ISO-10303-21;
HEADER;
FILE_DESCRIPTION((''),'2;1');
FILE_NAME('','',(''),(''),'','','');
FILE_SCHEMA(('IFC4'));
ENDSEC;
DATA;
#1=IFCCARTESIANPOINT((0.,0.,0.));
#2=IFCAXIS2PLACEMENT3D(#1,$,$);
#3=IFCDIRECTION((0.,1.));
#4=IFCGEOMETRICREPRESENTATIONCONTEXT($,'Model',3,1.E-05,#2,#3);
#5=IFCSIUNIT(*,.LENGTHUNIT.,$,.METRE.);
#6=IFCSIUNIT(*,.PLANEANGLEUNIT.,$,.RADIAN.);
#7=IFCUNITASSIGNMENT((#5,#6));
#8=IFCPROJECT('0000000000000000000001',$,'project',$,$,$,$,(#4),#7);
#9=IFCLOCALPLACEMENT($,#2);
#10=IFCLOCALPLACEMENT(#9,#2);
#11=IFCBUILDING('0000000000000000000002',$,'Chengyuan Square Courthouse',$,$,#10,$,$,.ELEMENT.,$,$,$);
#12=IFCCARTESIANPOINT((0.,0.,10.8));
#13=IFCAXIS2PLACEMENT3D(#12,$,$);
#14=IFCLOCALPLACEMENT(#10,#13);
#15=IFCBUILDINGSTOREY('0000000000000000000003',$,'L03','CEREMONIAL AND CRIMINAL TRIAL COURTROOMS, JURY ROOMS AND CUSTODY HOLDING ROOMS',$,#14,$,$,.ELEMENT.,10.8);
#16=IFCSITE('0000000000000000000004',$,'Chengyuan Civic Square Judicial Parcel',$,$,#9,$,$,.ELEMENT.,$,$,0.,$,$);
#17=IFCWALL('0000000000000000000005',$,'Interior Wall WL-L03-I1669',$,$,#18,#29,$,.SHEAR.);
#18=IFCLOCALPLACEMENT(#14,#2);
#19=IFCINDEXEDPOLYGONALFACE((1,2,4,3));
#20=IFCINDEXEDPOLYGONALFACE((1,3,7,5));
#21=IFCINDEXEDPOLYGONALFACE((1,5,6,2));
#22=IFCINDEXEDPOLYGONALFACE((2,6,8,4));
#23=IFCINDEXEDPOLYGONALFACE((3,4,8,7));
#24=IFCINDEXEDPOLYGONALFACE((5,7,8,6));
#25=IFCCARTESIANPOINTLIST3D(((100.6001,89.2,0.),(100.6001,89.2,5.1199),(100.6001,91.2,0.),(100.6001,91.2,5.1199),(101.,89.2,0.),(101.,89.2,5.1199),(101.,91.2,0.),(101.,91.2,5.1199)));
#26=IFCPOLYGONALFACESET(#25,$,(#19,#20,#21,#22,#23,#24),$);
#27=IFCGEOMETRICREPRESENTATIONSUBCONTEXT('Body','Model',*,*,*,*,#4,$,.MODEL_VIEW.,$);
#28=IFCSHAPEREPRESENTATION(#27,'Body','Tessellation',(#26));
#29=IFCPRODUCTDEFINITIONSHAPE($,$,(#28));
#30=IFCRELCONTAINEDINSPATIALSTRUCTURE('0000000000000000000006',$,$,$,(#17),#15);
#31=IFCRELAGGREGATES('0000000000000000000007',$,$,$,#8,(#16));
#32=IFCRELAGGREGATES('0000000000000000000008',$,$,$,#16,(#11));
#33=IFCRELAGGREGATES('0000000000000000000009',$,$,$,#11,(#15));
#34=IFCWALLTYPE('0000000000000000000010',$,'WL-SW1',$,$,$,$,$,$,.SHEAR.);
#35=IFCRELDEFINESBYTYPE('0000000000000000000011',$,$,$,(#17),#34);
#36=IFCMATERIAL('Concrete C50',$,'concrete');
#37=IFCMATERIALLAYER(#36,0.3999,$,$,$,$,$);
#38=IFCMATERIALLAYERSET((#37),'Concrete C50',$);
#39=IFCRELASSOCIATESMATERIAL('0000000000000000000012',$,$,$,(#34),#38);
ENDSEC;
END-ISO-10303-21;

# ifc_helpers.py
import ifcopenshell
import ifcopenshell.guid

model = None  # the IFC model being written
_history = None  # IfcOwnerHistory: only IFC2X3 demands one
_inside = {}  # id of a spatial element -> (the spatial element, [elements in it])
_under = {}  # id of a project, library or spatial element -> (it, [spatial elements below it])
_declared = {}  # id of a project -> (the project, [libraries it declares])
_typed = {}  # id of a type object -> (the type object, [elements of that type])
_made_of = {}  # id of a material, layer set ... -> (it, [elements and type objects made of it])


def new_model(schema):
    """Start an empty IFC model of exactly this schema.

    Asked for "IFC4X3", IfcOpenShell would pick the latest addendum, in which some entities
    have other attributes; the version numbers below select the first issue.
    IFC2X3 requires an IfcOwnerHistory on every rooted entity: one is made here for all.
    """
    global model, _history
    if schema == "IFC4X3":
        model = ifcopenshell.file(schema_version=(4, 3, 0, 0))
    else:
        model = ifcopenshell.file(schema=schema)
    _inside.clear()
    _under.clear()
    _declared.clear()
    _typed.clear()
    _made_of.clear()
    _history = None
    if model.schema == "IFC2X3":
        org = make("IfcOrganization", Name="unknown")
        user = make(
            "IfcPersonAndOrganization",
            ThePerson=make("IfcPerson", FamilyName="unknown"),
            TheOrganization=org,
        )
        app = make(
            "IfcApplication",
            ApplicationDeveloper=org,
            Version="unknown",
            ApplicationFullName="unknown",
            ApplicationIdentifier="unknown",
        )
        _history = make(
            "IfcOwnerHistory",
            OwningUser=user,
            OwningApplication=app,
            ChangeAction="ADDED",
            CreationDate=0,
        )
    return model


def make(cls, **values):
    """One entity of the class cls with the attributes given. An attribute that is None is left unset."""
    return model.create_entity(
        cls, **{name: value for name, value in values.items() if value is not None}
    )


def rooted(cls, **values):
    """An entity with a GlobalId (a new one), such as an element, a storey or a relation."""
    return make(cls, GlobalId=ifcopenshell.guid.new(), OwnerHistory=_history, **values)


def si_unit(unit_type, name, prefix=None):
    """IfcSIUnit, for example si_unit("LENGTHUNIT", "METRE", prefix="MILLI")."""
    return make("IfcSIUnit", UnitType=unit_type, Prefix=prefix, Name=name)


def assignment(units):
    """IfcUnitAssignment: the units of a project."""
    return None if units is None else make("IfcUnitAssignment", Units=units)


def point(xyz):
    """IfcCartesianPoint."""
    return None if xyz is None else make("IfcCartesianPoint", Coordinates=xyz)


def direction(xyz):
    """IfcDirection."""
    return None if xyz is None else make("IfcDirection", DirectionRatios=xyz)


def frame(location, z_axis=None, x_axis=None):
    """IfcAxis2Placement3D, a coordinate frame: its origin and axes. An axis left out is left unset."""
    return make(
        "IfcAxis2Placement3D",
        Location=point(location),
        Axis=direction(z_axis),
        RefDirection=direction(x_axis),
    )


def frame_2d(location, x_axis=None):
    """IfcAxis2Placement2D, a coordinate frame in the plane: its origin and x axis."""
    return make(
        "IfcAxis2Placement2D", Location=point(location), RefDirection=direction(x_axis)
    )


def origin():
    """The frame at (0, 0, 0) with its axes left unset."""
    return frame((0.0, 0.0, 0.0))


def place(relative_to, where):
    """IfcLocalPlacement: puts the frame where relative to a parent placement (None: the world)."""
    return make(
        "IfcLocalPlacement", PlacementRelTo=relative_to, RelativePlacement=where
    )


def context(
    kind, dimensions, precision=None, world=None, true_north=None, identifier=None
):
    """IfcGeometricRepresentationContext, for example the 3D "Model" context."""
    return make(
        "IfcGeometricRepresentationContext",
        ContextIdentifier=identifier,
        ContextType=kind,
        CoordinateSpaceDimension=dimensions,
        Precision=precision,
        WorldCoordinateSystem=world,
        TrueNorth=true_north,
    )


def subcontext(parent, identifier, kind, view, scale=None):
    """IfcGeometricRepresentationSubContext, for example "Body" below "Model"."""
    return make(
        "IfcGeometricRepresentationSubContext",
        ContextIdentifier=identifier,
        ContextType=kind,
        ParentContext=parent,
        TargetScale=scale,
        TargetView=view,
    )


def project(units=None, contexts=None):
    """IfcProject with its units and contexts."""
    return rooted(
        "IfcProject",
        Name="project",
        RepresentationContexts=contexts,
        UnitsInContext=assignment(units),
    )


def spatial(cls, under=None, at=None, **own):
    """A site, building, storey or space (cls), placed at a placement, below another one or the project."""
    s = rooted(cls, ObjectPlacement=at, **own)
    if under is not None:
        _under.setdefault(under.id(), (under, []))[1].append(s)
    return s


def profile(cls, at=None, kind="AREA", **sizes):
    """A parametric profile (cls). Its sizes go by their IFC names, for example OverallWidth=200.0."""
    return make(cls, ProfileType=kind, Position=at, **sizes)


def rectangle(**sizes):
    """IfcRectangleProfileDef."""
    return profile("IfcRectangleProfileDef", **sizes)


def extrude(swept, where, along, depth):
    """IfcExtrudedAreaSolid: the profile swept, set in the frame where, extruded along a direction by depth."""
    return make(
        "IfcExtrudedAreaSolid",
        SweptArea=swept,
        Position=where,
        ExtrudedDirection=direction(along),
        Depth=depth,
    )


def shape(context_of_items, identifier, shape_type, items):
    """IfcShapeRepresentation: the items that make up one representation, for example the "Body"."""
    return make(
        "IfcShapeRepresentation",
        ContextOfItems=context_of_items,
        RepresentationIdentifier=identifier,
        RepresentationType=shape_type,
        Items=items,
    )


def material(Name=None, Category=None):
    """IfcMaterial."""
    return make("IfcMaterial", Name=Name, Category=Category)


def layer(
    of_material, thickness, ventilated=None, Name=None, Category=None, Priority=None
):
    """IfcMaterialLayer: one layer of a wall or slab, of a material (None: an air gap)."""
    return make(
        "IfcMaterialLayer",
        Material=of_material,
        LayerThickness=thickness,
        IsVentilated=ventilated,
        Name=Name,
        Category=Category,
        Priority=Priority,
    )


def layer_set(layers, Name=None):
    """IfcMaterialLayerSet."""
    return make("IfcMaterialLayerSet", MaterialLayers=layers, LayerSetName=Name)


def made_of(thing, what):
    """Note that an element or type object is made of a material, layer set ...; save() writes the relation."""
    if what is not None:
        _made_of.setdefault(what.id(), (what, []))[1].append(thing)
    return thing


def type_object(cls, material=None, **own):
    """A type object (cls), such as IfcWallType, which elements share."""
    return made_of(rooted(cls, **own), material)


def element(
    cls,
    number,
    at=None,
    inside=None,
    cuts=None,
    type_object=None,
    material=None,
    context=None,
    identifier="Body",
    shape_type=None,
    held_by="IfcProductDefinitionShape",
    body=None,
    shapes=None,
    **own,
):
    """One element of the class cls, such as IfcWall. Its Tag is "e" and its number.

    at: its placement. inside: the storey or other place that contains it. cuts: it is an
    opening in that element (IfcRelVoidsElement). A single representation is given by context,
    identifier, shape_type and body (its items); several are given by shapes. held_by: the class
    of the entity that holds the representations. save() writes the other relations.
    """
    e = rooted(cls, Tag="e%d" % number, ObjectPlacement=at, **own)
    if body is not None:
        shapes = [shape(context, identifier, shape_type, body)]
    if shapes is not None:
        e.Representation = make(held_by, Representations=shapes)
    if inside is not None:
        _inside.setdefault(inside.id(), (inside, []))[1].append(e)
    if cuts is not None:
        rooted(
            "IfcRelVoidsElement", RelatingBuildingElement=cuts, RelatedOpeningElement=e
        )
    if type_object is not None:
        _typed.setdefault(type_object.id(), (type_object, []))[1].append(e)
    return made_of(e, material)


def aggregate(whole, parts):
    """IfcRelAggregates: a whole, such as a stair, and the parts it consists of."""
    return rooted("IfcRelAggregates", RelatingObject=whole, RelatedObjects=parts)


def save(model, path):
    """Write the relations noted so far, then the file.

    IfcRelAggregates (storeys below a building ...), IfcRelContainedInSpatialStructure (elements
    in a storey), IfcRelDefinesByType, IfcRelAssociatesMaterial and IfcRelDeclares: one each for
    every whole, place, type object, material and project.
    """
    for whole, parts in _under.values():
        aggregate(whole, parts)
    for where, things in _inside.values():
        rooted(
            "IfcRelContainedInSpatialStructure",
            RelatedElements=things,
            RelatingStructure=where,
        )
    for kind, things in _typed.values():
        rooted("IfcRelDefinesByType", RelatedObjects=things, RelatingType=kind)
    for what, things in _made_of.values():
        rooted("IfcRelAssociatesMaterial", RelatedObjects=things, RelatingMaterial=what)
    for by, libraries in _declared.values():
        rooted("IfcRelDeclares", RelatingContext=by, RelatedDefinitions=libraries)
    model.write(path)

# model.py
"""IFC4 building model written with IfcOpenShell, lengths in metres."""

from ifc_helpers import new_model, si_unit, direction, frame, frame_2d, origin, place, context, subcontext, project, spatial, rectangle, extrude, material, layer, layer_set, type_object, element, save


model = new_model("IFC4")

# Units and contexts
model_context = context("Model", 3, precision=1e-05, world=origin(), true_north=direction((0.0, 1.0)))
body_context = subcontext(model_context, "Body", "Model", "MODEL_VIEW")
ifc_project = project(units=[si_unit("LENGTHUNIT", "METRE"), si_unit("PLANEANGLEUNIT", "RADIAN")], contexts=[model_context])

# Site, building, storey
site_placement = place(None, origin())
site = spatial("IfcSite", under=ifc_project, at=site_placement, Name="Chengyuan Civic Square Judicial Parcel", CompositionType="ELEMENT", RefElevation=0.0)
building_placement = place(site_placement, origin())
building = spatial("IfcBuilding", under=site, at=building_placement, Name="Chengyuan Square Courthouse", CompositionType="ELEMENT")
storey_placement = place(building_placement, frame((0.0, 0.0, 10.8)))
storey = spatial("IfcBuildingStorey", under=building, at=storey_placement, Name="L03", Description="CEREMONIAL AND CRIMINAL TRIAL COURTROOMS, JURY ROOMS AND CUSTODY HOLDING ROOMS", CompositionType="ELEMENT", Elevation=10.8)

# Shared definitions
ifc_material_1 = material(Name="Concrete C50", Category="concrete")

# Wall
ifc_layer_1 = layer(ifc_material_1, 0.3999)
ifc_layer_set_1 = layer_set([ifc_layer_1], Name="Concrete C50")
wall_type_1 = type_object("IfcWallType", Name="WL-SW1", PredefinedType="SHEAR", material=ifc_layer_set_1)
wall_1_placement = place(storey_placement, frame((100.8, 89.2, 0.0), z_axis=(0.0, 0.0, 1.0), x_axis=(0.0, 1.0, 0.0)))
element("IfcWall", 1, at=wall_1_placement, inside=storey, type_object=wall_type_1, Name="Interior Wall WL-L03-I1669", PredefinedType="SHEAR", context=body_context, shape_type="SweptSolid", body=[
    extrude(rectangle(XDim=2.0, YDim=0.3999, at=frame_2d((1.0, 0.0))), origin(), (0.0, 0.0, 1.0), 5.1199),
])

save(model, "model.ifc")
